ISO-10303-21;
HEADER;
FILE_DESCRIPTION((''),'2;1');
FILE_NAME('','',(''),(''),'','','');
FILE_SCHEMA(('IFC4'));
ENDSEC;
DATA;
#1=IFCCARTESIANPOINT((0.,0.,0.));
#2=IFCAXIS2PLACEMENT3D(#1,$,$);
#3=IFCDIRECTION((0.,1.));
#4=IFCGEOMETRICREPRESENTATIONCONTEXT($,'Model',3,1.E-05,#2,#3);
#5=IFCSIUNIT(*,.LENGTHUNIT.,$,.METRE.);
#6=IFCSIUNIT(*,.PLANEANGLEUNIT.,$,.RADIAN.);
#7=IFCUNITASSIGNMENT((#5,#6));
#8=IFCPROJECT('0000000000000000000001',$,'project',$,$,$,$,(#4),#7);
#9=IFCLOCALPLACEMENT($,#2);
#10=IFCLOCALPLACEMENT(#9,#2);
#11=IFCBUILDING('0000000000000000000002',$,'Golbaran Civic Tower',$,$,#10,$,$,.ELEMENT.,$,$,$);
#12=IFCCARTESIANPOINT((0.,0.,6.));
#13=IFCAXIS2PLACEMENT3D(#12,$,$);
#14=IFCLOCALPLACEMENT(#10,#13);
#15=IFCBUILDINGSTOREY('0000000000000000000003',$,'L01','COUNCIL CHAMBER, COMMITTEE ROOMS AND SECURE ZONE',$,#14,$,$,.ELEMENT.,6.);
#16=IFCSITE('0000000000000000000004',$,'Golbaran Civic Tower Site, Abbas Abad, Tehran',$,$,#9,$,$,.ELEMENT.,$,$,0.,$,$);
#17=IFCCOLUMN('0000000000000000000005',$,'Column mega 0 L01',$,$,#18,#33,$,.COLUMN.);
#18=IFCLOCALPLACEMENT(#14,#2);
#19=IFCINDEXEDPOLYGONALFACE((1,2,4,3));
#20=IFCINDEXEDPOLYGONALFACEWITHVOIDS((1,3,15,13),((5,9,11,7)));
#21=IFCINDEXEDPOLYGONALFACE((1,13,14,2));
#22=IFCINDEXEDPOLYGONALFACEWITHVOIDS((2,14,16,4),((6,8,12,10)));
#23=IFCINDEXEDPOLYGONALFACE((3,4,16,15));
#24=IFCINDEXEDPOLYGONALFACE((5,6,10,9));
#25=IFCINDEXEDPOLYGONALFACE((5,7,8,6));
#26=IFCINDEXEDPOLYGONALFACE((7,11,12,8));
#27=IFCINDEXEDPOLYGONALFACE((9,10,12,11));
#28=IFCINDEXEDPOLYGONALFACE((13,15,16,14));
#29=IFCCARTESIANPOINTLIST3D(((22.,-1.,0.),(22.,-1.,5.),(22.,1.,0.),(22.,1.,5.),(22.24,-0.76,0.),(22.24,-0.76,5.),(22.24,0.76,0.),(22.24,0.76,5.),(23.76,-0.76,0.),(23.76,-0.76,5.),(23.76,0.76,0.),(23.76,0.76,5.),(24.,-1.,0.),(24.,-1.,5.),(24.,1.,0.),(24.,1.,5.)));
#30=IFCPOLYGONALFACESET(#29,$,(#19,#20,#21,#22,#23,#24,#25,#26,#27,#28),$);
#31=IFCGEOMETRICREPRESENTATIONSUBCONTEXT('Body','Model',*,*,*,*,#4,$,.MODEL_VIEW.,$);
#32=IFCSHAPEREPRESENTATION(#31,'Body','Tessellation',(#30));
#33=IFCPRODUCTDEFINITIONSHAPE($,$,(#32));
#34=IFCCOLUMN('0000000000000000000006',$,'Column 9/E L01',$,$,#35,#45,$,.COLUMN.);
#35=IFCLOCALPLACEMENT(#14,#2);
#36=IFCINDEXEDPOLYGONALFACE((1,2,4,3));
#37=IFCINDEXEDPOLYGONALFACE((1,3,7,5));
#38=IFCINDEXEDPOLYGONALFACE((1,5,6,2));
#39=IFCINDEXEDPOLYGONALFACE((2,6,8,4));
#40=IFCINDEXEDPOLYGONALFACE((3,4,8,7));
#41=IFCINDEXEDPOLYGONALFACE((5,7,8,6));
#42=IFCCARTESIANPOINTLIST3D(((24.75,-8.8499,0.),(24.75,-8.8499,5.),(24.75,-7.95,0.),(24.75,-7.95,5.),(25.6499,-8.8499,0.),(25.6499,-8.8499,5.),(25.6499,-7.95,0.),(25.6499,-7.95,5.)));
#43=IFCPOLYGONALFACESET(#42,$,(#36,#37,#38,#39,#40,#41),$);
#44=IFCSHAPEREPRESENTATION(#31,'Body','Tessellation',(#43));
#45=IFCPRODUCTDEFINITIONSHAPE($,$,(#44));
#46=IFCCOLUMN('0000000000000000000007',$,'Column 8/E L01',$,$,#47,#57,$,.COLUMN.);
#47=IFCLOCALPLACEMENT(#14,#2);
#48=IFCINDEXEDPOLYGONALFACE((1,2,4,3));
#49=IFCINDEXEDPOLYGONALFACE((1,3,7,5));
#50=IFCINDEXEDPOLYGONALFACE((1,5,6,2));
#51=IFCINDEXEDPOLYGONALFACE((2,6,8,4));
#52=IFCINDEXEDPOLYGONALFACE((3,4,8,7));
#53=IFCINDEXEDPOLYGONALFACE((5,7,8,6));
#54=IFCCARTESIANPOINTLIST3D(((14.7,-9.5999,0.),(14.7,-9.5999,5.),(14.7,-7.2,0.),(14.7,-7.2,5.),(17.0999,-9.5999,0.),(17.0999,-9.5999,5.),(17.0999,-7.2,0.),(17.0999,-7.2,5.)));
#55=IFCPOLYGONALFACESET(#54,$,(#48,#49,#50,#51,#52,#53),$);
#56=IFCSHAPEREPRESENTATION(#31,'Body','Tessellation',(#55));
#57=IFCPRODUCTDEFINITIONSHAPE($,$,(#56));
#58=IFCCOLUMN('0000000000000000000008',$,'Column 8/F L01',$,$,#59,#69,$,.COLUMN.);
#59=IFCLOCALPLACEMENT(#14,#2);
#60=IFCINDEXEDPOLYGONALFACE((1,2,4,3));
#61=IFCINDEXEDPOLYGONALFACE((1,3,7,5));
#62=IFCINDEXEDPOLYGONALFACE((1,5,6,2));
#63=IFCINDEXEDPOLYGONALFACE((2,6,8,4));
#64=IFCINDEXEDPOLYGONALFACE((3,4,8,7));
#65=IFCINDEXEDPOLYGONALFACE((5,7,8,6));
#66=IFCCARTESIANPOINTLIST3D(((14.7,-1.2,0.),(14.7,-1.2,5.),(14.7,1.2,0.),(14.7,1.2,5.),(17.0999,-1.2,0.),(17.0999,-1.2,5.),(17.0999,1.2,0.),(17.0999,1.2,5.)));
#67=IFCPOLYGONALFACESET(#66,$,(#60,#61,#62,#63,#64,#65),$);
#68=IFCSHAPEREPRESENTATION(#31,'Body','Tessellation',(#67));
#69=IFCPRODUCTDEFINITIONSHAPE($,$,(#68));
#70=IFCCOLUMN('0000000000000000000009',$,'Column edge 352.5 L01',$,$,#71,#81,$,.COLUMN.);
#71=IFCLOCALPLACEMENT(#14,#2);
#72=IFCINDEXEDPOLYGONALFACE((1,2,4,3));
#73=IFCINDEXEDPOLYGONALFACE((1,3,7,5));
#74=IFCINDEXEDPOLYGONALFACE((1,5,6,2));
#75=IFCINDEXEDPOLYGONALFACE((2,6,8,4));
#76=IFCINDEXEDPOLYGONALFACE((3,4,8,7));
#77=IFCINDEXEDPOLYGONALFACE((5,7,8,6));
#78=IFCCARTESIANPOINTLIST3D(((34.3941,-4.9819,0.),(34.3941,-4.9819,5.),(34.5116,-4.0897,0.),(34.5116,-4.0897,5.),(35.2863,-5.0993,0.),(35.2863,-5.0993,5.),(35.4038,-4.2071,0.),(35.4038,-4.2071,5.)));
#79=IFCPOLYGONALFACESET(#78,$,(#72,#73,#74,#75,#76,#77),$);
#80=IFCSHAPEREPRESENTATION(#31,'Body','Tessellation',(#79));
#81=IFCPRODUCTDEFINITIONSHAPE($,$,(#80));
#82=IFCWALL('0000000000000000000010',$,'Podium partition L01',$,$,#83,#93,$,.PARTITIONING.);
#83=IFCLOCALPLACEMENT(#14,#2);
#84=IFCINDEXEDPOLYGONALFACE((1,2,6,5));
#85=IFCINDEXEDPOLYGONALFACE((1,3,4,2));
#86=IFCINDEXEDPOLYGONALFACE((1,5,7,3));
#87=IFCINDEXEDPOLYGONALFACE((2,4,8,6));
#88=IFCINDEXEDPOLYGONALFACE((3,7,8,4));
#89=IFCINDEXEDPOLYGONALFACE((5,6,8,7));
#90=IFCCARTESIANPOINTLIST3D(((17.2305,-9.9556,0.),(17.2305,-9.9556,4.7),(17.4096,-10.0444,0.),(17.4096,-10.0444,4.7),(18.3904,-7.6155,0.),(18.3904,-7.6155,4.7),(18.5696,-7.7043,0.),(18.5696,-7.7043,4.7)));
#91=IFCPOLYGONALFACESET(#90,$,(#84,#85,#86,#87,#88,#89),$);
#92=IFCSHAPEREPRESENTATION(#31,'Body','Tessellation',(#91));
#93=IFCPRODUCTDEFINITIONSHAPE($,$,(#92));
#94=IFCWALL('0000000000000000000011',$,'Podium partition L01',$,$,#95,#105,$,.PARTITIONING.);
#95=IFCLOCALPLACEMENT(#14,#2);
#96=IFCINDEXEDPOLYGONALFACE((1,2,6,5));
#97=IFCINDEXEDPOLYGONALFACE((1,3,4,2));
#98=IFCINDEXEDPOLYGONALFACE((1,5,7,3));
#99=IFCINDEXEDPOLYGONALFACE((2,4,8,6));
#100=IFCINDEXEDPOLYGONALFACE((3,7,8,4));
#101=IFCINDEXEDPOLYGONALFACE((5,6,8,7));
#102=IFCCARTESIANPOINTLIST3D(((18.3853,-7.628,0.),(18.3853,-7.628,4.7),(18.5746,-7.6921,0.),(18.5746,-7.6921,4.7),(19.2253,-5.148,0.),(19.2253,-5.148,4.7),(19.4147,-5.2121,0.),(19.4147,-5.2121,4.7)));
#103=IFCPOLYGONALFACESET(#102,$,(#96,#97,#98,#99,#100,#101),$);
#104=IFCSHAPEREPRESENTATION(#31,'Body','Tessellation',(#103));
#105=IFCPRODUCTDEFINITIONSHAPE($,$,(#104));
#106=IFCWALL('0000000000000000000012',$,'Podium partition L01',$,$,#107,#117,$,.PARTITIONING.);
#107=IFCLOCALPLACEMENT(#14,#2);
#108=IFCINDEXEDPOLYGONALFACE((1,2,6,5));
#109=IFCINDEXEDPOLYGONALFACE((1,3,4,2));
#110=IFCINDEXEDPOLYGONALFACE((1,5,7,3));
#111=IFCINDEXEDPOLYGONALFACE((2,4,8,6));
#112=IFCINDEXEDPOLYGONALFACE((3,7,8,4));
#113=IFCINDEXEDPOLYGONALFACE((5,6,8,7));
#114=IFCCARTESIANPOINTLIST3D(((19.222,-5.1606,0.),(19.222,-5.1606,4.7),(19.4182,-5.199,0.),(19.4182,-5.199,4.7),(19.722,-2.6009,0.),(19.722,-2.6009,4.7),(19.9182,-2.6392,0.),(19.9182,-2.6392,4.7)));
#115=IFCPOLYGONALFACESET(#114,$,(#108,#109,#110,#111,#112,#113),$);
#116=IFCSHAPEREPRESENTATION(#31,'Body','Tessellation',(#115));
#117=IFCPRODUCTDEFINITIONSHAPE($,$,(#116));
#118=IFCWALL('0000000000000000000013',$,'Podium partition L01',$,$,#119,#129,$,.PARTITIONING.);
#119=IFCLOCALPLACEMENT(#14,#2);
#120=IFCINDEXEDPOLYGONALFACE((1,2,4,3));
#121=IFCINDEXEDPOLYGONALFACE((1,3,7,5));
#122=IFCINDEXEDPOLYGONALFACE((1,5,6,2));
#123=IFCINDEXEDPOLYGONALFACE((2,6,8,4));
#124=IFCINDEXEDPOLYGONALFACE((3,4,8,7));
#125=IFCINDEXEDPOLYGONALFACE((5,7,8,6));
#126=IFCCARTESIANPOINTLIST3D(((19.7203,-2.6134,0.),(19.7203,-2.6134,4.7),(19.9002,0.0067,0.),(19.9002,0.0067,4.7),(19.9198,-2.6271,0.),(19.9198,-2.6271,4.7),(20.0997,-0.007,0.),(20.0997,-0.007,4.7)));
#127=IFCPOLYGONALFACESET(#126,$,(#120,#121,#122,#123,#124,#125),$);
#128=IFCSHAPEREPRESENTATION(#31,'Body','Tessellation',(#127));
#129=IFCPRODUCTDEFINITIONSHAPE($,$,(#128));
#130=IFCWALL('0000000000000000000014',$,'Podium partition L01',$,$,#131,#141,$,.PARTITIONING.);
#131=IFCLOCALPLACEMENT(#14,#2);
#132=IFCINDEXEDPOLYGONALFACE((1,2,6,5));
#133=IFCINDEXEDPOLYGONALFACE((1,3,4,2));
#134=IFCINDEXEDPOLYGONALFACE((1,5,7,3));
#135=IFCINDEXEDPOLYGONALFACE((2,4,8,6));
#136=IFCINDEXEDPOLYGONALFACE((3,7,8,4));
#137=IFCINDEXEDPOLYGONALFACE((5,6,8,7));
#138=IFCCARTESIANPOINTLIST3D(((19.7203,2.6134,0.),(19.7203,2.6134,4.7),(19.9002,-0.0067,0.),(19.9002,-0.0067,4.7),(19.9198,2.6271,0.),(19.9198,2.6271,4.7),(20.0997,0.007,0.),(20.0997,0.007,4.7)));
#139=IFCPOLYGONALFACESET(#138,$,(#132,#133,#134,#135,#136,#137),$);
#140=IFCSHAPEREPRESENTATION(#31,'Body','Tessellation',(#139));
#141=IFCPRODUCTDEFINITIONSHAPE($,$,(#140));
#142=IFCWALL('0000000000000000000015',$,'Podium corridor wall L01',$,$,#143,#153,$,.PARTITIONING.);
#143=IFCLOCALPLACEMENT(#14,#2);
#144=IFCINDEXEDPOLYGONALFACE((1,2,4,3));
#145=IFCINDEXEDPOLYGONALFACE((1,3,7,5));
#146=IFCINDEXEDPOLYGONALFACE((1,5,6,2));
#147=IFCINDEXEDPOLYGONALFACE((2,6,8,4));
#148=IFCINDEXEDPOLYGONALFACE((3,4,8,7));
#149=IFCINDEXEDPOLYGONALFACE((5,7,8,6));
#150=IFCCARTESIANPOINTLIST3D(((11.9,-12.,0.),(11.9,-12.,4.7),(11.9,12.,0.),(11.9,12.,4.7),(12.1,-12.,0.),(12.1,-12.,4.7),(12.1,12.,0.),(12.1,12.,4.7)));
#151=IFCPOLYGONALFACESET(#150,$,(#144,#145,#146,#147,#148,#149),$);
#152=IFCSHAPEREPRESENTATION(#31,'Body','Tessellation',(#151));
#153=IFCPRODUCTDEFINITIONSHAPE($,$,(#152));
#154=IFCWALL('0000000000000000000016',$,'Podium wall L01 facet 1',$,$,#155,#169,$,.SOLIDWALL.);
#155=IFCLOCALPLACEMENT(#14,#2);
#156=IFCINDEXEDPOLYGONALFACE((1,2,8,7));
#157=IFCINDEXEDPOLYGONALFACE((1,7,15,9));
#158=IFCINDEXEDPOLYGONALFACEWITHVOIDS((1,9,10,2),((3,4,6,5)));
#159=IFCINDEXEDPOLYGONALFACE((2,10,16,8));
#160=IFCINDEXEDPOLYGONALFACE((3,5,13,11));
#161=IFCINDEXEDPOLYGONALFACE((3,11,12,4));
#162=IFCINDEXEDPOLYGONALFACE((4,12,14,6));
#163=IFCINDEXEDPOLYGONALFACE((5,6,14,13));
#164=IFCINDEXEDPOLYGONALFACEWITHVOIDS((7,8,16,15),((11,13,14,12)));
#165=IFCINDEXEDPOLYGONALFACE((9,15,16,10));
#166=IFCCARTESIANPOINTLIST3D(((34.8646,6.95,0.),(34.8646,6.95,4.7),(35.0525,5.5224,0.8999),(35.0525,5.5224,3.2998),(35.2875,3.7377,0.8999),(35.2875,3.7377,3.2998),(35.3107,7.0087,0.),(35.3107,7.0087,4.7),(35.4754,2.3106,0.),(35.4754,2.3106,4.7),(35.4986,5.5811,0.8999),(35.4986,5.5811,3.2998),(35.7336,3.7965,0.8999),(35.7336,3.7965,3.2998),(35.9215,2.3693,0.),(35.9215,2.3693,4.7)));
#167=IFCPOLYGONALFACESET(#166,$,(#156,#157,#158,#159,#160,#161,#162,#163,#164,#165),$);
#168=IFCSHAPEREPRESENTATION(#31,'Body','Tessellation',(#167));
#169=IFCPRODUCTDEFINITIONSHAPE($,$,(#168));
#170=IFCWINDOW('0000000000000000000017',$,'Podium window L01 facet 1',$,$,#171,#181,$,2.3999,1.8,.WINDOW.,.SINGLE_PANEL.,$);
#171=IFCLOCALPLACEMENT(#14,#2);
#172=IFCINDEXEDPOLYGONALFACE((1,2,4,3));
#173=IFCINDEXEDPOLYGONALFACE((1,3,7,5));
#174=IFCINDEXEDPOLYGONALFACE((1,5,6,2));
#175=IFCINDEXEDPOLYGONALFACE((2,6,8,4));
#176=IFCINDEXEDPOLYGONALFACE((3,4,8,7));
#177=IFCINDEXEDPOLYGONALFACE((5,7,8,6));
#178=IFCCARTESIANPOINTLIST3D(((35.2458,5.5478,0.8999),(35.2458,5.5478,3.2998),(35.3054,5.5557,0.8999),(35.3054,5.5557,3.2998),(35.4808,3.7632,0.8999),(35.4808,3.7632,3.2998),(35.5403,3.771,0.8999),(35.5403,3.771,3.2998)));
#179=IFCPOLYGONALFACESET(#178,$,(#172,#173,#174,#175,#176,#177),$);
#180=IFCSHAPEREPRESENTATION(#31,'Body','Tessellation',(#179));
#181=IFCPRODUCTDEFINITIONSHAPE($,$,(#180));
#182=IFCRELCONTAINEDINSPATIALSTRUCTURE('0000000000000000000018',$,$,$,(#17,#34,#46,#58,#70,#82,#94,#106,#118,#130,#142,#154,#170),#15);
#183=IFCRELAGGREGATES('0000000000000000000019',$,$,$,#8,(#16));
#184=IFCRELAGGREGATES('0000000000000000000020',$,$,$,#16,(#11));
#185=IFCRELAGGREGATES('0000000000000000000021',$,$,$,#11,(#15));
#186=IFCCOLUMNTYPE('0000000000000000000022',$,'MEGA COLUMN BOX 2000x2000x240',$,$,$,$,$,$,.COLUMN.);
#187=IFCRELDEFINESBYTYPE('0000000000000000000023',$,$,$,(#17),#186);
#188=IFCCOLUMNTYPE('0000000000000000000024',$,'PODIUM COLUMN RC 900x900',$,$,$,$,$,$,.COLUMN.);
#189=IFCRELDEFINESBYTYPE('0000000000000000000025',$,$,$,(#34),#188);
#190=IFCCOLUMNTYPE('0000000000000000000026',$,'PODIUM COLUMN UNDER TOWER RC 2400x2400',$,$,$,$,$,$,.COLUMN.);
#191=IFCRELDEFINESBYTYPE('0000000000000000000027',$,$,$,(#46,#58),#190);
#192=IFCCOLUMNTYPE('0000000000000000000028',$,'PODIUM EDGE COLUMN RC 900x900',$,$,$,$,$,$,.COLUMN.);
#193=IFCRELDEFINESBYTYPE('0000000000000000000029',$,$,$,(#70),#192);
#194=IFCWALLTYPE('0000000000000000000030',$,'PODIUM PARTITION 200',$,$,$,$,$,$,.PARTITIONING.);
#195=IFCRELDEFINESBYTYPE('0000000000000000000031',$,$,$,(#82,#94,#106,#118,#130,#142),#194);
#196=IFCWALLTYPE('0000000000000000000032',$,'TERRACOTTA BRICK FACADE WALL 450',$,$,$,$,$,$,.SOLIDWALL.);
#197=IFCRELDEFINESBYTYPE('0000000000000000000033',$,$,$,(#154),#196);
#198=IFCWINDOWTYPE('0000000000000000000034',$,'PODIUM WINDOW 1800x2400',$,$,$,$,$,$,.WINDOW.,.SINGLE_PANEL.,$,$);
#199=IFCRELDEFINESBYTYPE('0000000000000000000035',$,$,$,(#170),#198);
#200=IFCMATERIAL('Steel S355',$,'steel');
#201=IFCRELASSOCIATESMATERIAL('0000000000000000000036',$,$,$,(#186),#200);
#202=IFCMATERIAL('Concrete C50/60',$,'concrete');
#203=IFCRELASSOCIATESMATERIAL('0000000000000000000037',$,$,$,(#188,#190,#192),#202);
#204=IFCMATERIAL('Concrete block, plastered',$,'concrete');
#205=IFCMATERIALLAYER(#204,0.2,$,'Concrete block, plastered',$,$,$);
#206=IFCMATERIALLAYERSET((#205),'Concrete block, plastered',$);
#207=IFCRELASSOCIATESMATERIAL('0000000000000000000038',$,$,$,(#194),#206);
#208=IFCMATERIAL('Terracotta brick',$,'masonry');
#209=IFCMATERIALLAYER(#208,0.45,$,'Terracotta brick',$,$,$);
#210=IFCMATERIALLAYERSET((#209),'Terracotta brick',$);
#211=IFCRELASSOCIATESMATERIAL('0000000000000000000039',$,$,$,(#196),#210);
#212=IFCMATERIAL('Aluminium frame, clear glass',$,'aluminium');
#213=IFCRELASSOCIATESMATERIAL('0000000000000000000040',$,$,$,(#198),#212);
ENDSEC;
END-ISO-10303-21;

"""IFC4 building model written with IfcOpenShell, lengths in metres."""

from ifc_helpers import new_model, si_unit, direction, frame, frame_2d, origin, origin_2d, place, context, subcontext, project, spatial, rectangle, hollow_rectangle, extrude, material, layer, layer_set, material_profile, profile_set, type_object, element, fill, save


model = new_model("IFC4")

# Units and contexts
model_context = context("Model", 3, precision=1e-05, world=origin(), true_north=direction((0.0, 1.0)))
body_context = subcontext(model_context, "Body", "Model", "MODEL_VIEW")
ifc_project = project(units=[si_unit("LENGTHUNIT", "METRE"), si_unit("PLANEANGLEUNIT", "RADIAN")], contexts=[model_context])

# Site, building, storey
site_placement = place(None, origin())
site = spatial("IfcSite", under=ifc_project, at=site_placement, Name="Golbaran Civic Tower Site, Abbas Abad, Tehran", CompositionType="ELEMENT", RefElevation=0.0)
building_placement = place(site_placement, origin())
building = spatial("IfcBuilding", under=site, at=building_placement, Name="Golbaran Civic Tower", CompositionType="ELEMENT")
storey_placement = place(building_placement, frame((0.0, 0.0, 6.0)))
storey = spatial("IfcBuildingStorey", under=building, at=storey_placement, Name="L01", Description="COUNCIL CHAMBER, COMMITTEE ROOMS AND SECURE ZONE", CompositionType="ELEMENT", Elevation=6.0)

# Columns
ifc_material_1 = material(Name="Steel S355", Category="steel")
ifc_material_profile_1 = material_profile(ifc_material_1, hollow_rectangle(XDim=2.0, YDim=2.0, WallThickness=0.24, at=origin_2d()), Name="BOX 2000x2000x240")
ifc_profile_set_1 = profile_set([ifc_material_profile_1], Name="Steel S355")
column_type_1 = type_object("IfcColumnType", Name="MEGA COLUMN BOX 2000x2000x240", PredefinedType="COLUMN", material=ifc_profile_set_1)
column_1_placement = place(storey_placement, frame((23.0, 0.0, 0.0), z_axis=(0.0, 0.0, 1.0), x_axis=(1.0, 0.0, 0.0)))
element("IfcColumn", 1, at=column_1_placement, inside=storey, type_object=column_type_1, Name="Column mega 0 L01", PredefinedType="COLUMN", context=body_context, shape_type="SweptSolid", body=[
    extrude(hollow_rectangle(XDim=2.0, YDim=2.0, WallThickness=0.24, at=origin_2d()), origin(), (0.0, 0.0, 1.0), 5.0),
])
ifc_material_2 = material(Name="Concrete C50/60", Category="concrete")
ifc_material_profile_2 = material_profile(ifc_material_2, rectangle(XDim=0.8999, YDim=0.8999, at=origin_2d()), Name="RC 900x900")
ifc_profile_set_2 = profile_set([ifc_material_profile_2], Name="Concrete C50/60")
column_type_2 = type_object("IfcColumnType", Name="PODIUM COLUMN RC 900x900", PredefinedType="COLUMN", material=ifc_profile_set_2)
column_2_placement = place(storey_placement, frame((25.2, -8.3999, 0.0), z_axis=(0.0, 0.0, 1.0), x_axis=(1.0, 0.0, 0.0)))
element("IfcColumn", 2, at=column_2_placement, inside=storey, type_object=column_type_2, Name="Column 9/E L01", PredefinedType="COLUMN", context=body_context, shape_type="SweptSolid", body=[
    extrude(rectangle(XDim=0.8999, YDim=0.8999, at=origin_2d()), origin(), (0.0, 0.0, 1.0), 5.0),
])
ifc_material_profile_3 = material_profile(ifc_material_2, rectangle(XDim=2.3999, YDim=2.3999, at=origin_2d()), Name="RC 2400x2400")
ifc_profile_set_3 = profile_set([ifc_material_profile_3], Name="Concrete C50/60")
column_type_3 = type_object("IfcColumnType", Name="PODIUM COLUMN UNDER TOWER RC 2400x2400", PredefinedType="COLUMN", material=ifc_profile_set_3)
for number, where, z_axis, x_axis, name in (
    (3, (15.8999, -8.3999, 0.0), (0.0, 0.0, 1.0), (1.0, 0.0, 0.0), "Column 8/E L01"),
    (4, (15.8999, 0.0, 0.0), (0.0, 0.0, 1.0), (1.0, 0.0, 0.0), "Column 8/F L01"),
):
    element("IfcColumn", number, at=place(storey_placement, frame(where, z_axis=z_axis, x_axis=x_axis)), inside=storey, type_object=column_type_3, Name=name, PredefinedType="COLUMN", context=body_context, shape_type="SweptSolid", body=[
        extrude(rectangle(XDim=2.3999, YDim=2.3999, at=origin_2d()), origin(), (0.0, 0.0, 1.0), 5.0),
    ])
ifc_material_profile_4 = material_profile(ifc_material_2, rectangle(XDim=0.8999, YDim=0.8999, at=origin_2d()), Name="RC 900x900")
ifc_profile_set_4 = profile_set([ifc_material_profile_4], Name="Concrete C50/60")
column_type_4 = type_object("IfcColumnType", Name="PODIUM EDGE COLUMN RC 900x900", PredefinedType="COLUMN", material=ifc_profile_set_4)
column_3_placement = place(storey_placement, frame((34.8989, -4.5945, 0.0), z_axis=(0.0, 0.0, 1.0), x_axis=(0.991445, -0.130526, 0.0)))
element("IfcColumn", 5, at=column_3_placement, inside=storey, type_object=column_type_4, Name="Column edge 352.5 L01", PredefinedType="COLUMN", context=body_context, shape_type="SweptSolid", body=[
    extrude(rectangle(XDim=0.8999, YDim=0.8999, at=origin_2d()), origin(), (0.0, 0.0, 1.0), 5.0),
])

# Walls
ifc_material_3 = material(Name="Concrete block, plastered", Category="concrete")
ifc_layer_1 = layer(ifc_material_3, 0.2, Name="Concrete block, plastered")
ifc_layer_set_1 = layer_set([ifc_layer_1], Name="Concrete block, plastered")
wall_type_1 = type_object("IfcWallType", Name="PODIUM PARTITION 200", PredefinedType="PARTITIONING", material=ifc_layer_set_1)
wall_1_placement = place(storey_placement, frame((17.3201, -10.0, 0.0), z_axis=(0.0, 0.0, 1.0), x_axis=(0.444107, 0.895974, 0.0)))
element("IfcWall", 6, at=wall_1_placement, inside=storey, type_object=wall_type_1, Name="Podium partition L01", PredefinedType="PARTITIONING", context=body_context, shape_type="SweptSolid", body=[
    extrude(rectangle(XDim=2.6118, YDim=0.2, at=frame_2d((1.3059, 0.0))), origin(), (0.0, 0.0, 1.0), 4.7),
])
wall_2_placement = place(storey_placement, frame((18.48, -7.6599, 0.0), z_axis=(0.0, 0.0, 1.0), x_axis=(0.320839, 0.947134, 0.0)))
element("IfcWall", 7, at=wall_2_placement, inside=storey, type_object=wall_type_1, Name="Podium partition L01", PredefinedType="PARTITIONING", context=body_context, shape_type="SweptSolid", body=[
    extrude(rectangle(XDim=2.6184, YDim=0.2, at=frame_2d((1.3091, 0.0))), origin(), (0.0, 0.0, 1.0), 4.7),
])
wall_3_placement = place(storey_placement, frame((19.3201, -5.1799, 0.0), z_axis=(0.0, 0.0, 1.0), x_axis=(0.191704, 0.981453, 0.0)))
element("IfcWall", 8, at=wall_3_placement, inside=storey, type_object=wall_type_1, Name="Podium partition L01", PredefinedType="PARTITIONING", context=body_context, shape_type="SweptSolid", body=[
    extrude(rectangle(XDim=2.6082, YDim=0.2, at=frame_2d((1.3042, 0.0))), origin(), (0.0, 0.0, 1.0), 4.7),
])
for number, where, z_axis, x_axis, name in (
    (9, (19.8201, -2.6201, 0.0), (0.0, 0.0, 1.0), (0.068512, 0.99765, 0.0), "Podium partition L01"),
    (10, (19.8201, 2.6201, 0.0), (0.0, 0.0, 1.0), (0.068512, -0.99765, 0.0), "Podium partition L01"),
):
    element("IfcWall", number, at=place(storey_placement, frame(where, z_axis=z_axis, x_axis=x_axis)), inside=storey, type_object=wall_type_1, Name=name, PredefinedType="PARTITIONING", context=body_context, shape_type="SweptSolid", body=[
        extrude(rectangle(XDim=2.6262, YDim=0.2, at=frame_2d((1.313, 0.0))), origin(), (0.0, 0.0, 1.0), 4.7),
    ])
wall_4_placement = place(storey_placement, frame((12.0, -12.0, 0.0), z_axis=(0.0, 0.0, 1.0), x_axis=(0.0, 1.0, 0.0)))
element("IfcWall", 11, at=wall_4_placement, inside=storey, type_object=wall_type_1, Name="Podium corridor wall L01", PredefinedType="PARTITIONING", context=body_context, shape_type="SweptSolid", body=[
    extrude(rectangle(XDim=24.0, YDim=0.2, at=frame_2d((12.0, 0.0))), origin(), (0.0, 0.0, 1.0), 4.7),
])

# Wall, opening, window
ifc_material_4 = material(Name="Terracotta brick", Category="masonry")
ifc_layer_2 = layer(ifc_material_4, 0.45, Name="Terracotta brick")
ifc_layer_set_2 = layer_set([ifc_layer_2], Name="Terracotta brick")
wall_type_2 = type_object("IfcWallType", Name="TERRACOTTA BRICK FACADE WALL 450", PredefinedType="SOLIDWALL", material=ifc_layer_set_2)
wall_5_placement = place(storey_placement, frame((35.6985, 2.3398, 0.0), z_axis=(0.0, 0.0, 1.0), x_axis=(-0.130537, 0.991443, 0.0)))
wall_5 = element("IfcWall", 12, at=wall_5_placement, inside=storey, type_object=wall_type_2, Name="Podium wall L01 facet 1", PredefinedType="SOLIDWALL", context=body_context, shape_type="SweptSolid", body=[
    extrude(rectangle(XDim=4.6794, YDim=0.45, at=frame_2d((2.3398, 0.0))), origin(), (0.0, 0.0, 1.0), 4.7),
])
opening_1_placement = place(wall_5_placement, frame((1.4397, 0.0, 0.8999)))
opening_1 = element("IfcOpeningElement", 13, at=opening_1_placement, cuts=wall_5, PredefinedType="OPENING", context=body_context, shape_type="SweptSolid", body=[
    extrude(rectangle(XDim=1.8, YDim=2.3999, at=frame_2d((0.8999, 1.2))), frame((0.0, 0.2349, 0.0), z_axis=(0.0, -1.0, 0.0), x_axis=(1.0, 0.0, 0.0)), (0.0, 0.0, 1.0), 0.47),
])
ifc_material_5 = material(Name="Aluminium frame, clear glass", Category="aluminium")
window_type = type_object("IfcWindowType", Name="PODIUM WINDOW 1800x2400", PartitioningType="SINGLE_PANEL", PredefinedType="WINDOW", material=ifc_material_5)
window_1_placement = place(opening_1_placement, origin())
window_1 = element("IfcWindow", 14, at=window_1_placement, inside=storey, type_object=window_type, Name="Podium window L01 facet 1", OverallHeight=2.3999, OverallWidth=1.8, PartitioningType="SINGLE_PANEL", PredefinedType="WINDOW", context=body_context, shape_type="SweptSolid", body=[
    extrude(rectangle(XDim=1.8, YDim=2.3999, at=frame_2d((0.8999, 1.2))), frame((0.0, 0.03, 0.0), z_axis=(0.0, -1.0, 0.0), x_axis=(1.0, 0.0, 0.0)), (0.0, 0.0, 1.0), 0.0601),
])
fill(opening_1, window_1)

save(model, "model.ifc")
